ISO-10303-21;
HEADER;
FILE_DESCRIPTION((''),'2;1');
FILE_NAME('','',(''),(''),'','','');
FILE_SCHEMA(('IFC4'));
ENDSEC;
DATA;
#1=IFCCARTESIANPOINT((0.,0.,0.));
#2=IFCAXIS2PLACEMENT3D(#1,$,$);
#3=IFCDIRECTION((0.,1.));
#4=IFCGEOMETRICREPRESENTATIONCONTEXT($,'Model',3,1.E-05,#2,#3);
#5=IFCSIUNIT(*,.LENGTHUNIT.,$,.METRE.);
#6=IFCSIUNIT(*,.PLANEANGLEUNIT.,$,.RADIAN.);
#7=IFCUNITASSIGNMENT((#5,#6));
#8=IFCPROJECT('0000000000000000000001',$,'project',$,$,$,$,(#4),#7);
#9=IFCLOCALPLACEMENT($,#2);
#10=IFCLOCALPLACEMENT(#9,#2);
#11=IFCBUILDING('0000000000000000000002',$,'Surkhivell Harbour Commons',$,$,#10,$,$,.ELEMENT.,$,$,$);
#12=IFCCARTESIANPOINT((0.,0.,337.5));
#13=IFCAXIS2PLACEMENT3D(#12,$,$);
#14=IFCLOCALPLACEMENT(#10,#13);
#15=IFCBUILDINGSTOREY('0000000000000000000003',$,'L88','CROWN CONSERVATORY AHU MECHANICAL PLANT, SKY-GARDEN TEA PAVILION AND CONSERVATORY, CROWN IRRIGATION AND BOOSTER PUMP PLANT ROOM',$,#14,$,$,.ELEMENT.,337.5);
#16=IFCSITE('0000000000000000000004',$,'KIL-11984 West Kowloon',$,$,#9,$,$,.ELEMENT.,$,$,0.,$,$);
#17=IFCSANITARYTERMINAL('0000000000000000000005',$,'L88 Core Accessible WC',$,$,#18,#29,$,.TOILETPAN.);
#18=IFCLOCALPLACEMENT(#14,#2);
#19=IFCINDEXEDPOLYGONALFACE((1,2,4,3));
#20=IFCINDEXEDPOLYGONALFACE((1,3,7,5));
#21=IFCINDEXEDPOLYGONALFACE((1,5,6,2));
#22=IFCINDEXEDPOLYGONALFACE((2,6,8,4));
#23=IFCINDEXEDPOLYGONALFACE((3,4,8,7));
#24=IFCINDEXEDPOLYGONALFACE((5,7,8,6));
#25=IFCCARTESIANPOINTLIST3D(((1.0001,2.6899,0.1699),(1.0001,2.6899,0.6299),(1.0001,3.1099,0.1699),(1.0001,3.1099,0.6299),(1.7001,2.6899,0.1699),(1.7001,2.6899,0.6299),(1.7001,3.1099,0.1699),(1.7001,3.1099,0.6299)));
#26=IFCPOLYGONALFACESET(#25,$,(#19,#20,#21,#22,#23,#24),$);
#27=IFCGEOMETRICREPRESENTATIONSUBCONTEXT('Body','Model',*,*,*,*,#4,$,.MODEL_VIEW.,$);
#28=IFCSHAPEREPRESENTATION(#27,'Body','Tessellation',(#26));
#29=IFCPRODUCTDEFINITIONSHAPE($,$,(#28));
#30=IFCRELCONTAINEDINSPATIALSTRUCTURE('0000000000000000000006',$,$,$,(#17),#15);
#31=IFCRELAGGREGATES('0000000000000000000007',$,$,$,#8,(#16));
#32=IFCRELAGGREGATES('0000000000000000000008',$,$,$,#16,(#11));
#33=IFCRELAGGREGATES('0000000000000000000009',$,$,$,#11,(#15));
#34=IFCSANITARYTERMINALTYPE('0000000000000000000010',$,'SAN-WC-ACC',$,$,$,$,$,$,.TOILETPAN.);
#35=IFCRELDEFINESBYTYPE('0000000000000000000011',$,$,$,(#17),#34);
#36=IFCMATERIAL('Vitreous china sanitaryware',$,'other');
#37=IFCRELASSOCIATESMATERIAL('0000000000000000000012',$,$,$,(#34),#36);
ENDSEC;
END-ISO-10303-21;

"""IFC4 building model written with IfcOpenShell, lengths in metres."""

from ifc_helpers import new_model, si_unit, direction, frame, origin, origin_2d, place, context, subcontext, project, spatial, rectangle, extrude, material, type_object, element, save


model = new_model("IFC4")

# Units and contexts
model_context = context("Model", 3, precision=1e-05, world=origin(), true_north=direction((0.0, 1.0)))
body_context = subcontext(model_context, "Body", "Model", "MODEL_VIEW")
ifc_project = project(units=[si_unit("LENGTHUNIT", "METRE"), si_unit("PLANEANGLEUNIT", "RADIAN")], contexts=[model_context])

# Site, building, storey
site_placement = place(None, origin())
site = spatial("IfcSite", under=ifc_project, at=site_placement, Name="KIL-11984 West Kowloon", CompositionType="ELEMENT", RefElevation=0.0)
building_placement = place(site_placement, origin())
building = spatial("IfcBuilding", under=site, at=building_placement, Name="Surkhivell Harbour Commons", CompositionType="ELEMENT")
storey_placement = place(building_placement, frame((0.0, 0.0, 337.5)))
storey = spatial("IfcBuildingStorey", under=building, at=storey_placement, Name="L88", Description="CROWN CONSERVATORY AHU MECHANICAL PLANT, SKY-GARDEN TEA PAVILION AND CONSERVATORY, CROWN IRRIGATION AND BOOSTER PUMP PLANT ROOM", CompositionType="ELEMENT", Elevation=337.5)

# Sanitary terminal
ifc_material_1 = material(Name="Vitreous china sanitaryware", Category="other")
sanitary_terminal_type = type_object("IfcSanitaryTerminalType", Name="SAN-WC-ACC", PredefinedType="TOILETPAN", material=ifc_material_1)
sanitary_terminal_placement = place(storey_placement, frame((1.3501, 2.8999, 0.1699), z_axis=(0.0, 0.0, 1.0), x_axis=(1.0, 0.0, 0.0)))
element("IfcSanitaryTerminal", 1, at=sanitary_terminal_placement, inside=storey, type_object=sanitary_terminal_type, Name="L88 Core Accessible WC", PredefinedType="TOILETPAN", context=body_context, shape_type="SweptSolid", body=[
    extrude(rectangle(XDim=0.7, YDim=0.4199, at=origin_2d()), origin(), (0.0, 0.0, 1.0), 0.46),
])

save(model, "model.ifc")
